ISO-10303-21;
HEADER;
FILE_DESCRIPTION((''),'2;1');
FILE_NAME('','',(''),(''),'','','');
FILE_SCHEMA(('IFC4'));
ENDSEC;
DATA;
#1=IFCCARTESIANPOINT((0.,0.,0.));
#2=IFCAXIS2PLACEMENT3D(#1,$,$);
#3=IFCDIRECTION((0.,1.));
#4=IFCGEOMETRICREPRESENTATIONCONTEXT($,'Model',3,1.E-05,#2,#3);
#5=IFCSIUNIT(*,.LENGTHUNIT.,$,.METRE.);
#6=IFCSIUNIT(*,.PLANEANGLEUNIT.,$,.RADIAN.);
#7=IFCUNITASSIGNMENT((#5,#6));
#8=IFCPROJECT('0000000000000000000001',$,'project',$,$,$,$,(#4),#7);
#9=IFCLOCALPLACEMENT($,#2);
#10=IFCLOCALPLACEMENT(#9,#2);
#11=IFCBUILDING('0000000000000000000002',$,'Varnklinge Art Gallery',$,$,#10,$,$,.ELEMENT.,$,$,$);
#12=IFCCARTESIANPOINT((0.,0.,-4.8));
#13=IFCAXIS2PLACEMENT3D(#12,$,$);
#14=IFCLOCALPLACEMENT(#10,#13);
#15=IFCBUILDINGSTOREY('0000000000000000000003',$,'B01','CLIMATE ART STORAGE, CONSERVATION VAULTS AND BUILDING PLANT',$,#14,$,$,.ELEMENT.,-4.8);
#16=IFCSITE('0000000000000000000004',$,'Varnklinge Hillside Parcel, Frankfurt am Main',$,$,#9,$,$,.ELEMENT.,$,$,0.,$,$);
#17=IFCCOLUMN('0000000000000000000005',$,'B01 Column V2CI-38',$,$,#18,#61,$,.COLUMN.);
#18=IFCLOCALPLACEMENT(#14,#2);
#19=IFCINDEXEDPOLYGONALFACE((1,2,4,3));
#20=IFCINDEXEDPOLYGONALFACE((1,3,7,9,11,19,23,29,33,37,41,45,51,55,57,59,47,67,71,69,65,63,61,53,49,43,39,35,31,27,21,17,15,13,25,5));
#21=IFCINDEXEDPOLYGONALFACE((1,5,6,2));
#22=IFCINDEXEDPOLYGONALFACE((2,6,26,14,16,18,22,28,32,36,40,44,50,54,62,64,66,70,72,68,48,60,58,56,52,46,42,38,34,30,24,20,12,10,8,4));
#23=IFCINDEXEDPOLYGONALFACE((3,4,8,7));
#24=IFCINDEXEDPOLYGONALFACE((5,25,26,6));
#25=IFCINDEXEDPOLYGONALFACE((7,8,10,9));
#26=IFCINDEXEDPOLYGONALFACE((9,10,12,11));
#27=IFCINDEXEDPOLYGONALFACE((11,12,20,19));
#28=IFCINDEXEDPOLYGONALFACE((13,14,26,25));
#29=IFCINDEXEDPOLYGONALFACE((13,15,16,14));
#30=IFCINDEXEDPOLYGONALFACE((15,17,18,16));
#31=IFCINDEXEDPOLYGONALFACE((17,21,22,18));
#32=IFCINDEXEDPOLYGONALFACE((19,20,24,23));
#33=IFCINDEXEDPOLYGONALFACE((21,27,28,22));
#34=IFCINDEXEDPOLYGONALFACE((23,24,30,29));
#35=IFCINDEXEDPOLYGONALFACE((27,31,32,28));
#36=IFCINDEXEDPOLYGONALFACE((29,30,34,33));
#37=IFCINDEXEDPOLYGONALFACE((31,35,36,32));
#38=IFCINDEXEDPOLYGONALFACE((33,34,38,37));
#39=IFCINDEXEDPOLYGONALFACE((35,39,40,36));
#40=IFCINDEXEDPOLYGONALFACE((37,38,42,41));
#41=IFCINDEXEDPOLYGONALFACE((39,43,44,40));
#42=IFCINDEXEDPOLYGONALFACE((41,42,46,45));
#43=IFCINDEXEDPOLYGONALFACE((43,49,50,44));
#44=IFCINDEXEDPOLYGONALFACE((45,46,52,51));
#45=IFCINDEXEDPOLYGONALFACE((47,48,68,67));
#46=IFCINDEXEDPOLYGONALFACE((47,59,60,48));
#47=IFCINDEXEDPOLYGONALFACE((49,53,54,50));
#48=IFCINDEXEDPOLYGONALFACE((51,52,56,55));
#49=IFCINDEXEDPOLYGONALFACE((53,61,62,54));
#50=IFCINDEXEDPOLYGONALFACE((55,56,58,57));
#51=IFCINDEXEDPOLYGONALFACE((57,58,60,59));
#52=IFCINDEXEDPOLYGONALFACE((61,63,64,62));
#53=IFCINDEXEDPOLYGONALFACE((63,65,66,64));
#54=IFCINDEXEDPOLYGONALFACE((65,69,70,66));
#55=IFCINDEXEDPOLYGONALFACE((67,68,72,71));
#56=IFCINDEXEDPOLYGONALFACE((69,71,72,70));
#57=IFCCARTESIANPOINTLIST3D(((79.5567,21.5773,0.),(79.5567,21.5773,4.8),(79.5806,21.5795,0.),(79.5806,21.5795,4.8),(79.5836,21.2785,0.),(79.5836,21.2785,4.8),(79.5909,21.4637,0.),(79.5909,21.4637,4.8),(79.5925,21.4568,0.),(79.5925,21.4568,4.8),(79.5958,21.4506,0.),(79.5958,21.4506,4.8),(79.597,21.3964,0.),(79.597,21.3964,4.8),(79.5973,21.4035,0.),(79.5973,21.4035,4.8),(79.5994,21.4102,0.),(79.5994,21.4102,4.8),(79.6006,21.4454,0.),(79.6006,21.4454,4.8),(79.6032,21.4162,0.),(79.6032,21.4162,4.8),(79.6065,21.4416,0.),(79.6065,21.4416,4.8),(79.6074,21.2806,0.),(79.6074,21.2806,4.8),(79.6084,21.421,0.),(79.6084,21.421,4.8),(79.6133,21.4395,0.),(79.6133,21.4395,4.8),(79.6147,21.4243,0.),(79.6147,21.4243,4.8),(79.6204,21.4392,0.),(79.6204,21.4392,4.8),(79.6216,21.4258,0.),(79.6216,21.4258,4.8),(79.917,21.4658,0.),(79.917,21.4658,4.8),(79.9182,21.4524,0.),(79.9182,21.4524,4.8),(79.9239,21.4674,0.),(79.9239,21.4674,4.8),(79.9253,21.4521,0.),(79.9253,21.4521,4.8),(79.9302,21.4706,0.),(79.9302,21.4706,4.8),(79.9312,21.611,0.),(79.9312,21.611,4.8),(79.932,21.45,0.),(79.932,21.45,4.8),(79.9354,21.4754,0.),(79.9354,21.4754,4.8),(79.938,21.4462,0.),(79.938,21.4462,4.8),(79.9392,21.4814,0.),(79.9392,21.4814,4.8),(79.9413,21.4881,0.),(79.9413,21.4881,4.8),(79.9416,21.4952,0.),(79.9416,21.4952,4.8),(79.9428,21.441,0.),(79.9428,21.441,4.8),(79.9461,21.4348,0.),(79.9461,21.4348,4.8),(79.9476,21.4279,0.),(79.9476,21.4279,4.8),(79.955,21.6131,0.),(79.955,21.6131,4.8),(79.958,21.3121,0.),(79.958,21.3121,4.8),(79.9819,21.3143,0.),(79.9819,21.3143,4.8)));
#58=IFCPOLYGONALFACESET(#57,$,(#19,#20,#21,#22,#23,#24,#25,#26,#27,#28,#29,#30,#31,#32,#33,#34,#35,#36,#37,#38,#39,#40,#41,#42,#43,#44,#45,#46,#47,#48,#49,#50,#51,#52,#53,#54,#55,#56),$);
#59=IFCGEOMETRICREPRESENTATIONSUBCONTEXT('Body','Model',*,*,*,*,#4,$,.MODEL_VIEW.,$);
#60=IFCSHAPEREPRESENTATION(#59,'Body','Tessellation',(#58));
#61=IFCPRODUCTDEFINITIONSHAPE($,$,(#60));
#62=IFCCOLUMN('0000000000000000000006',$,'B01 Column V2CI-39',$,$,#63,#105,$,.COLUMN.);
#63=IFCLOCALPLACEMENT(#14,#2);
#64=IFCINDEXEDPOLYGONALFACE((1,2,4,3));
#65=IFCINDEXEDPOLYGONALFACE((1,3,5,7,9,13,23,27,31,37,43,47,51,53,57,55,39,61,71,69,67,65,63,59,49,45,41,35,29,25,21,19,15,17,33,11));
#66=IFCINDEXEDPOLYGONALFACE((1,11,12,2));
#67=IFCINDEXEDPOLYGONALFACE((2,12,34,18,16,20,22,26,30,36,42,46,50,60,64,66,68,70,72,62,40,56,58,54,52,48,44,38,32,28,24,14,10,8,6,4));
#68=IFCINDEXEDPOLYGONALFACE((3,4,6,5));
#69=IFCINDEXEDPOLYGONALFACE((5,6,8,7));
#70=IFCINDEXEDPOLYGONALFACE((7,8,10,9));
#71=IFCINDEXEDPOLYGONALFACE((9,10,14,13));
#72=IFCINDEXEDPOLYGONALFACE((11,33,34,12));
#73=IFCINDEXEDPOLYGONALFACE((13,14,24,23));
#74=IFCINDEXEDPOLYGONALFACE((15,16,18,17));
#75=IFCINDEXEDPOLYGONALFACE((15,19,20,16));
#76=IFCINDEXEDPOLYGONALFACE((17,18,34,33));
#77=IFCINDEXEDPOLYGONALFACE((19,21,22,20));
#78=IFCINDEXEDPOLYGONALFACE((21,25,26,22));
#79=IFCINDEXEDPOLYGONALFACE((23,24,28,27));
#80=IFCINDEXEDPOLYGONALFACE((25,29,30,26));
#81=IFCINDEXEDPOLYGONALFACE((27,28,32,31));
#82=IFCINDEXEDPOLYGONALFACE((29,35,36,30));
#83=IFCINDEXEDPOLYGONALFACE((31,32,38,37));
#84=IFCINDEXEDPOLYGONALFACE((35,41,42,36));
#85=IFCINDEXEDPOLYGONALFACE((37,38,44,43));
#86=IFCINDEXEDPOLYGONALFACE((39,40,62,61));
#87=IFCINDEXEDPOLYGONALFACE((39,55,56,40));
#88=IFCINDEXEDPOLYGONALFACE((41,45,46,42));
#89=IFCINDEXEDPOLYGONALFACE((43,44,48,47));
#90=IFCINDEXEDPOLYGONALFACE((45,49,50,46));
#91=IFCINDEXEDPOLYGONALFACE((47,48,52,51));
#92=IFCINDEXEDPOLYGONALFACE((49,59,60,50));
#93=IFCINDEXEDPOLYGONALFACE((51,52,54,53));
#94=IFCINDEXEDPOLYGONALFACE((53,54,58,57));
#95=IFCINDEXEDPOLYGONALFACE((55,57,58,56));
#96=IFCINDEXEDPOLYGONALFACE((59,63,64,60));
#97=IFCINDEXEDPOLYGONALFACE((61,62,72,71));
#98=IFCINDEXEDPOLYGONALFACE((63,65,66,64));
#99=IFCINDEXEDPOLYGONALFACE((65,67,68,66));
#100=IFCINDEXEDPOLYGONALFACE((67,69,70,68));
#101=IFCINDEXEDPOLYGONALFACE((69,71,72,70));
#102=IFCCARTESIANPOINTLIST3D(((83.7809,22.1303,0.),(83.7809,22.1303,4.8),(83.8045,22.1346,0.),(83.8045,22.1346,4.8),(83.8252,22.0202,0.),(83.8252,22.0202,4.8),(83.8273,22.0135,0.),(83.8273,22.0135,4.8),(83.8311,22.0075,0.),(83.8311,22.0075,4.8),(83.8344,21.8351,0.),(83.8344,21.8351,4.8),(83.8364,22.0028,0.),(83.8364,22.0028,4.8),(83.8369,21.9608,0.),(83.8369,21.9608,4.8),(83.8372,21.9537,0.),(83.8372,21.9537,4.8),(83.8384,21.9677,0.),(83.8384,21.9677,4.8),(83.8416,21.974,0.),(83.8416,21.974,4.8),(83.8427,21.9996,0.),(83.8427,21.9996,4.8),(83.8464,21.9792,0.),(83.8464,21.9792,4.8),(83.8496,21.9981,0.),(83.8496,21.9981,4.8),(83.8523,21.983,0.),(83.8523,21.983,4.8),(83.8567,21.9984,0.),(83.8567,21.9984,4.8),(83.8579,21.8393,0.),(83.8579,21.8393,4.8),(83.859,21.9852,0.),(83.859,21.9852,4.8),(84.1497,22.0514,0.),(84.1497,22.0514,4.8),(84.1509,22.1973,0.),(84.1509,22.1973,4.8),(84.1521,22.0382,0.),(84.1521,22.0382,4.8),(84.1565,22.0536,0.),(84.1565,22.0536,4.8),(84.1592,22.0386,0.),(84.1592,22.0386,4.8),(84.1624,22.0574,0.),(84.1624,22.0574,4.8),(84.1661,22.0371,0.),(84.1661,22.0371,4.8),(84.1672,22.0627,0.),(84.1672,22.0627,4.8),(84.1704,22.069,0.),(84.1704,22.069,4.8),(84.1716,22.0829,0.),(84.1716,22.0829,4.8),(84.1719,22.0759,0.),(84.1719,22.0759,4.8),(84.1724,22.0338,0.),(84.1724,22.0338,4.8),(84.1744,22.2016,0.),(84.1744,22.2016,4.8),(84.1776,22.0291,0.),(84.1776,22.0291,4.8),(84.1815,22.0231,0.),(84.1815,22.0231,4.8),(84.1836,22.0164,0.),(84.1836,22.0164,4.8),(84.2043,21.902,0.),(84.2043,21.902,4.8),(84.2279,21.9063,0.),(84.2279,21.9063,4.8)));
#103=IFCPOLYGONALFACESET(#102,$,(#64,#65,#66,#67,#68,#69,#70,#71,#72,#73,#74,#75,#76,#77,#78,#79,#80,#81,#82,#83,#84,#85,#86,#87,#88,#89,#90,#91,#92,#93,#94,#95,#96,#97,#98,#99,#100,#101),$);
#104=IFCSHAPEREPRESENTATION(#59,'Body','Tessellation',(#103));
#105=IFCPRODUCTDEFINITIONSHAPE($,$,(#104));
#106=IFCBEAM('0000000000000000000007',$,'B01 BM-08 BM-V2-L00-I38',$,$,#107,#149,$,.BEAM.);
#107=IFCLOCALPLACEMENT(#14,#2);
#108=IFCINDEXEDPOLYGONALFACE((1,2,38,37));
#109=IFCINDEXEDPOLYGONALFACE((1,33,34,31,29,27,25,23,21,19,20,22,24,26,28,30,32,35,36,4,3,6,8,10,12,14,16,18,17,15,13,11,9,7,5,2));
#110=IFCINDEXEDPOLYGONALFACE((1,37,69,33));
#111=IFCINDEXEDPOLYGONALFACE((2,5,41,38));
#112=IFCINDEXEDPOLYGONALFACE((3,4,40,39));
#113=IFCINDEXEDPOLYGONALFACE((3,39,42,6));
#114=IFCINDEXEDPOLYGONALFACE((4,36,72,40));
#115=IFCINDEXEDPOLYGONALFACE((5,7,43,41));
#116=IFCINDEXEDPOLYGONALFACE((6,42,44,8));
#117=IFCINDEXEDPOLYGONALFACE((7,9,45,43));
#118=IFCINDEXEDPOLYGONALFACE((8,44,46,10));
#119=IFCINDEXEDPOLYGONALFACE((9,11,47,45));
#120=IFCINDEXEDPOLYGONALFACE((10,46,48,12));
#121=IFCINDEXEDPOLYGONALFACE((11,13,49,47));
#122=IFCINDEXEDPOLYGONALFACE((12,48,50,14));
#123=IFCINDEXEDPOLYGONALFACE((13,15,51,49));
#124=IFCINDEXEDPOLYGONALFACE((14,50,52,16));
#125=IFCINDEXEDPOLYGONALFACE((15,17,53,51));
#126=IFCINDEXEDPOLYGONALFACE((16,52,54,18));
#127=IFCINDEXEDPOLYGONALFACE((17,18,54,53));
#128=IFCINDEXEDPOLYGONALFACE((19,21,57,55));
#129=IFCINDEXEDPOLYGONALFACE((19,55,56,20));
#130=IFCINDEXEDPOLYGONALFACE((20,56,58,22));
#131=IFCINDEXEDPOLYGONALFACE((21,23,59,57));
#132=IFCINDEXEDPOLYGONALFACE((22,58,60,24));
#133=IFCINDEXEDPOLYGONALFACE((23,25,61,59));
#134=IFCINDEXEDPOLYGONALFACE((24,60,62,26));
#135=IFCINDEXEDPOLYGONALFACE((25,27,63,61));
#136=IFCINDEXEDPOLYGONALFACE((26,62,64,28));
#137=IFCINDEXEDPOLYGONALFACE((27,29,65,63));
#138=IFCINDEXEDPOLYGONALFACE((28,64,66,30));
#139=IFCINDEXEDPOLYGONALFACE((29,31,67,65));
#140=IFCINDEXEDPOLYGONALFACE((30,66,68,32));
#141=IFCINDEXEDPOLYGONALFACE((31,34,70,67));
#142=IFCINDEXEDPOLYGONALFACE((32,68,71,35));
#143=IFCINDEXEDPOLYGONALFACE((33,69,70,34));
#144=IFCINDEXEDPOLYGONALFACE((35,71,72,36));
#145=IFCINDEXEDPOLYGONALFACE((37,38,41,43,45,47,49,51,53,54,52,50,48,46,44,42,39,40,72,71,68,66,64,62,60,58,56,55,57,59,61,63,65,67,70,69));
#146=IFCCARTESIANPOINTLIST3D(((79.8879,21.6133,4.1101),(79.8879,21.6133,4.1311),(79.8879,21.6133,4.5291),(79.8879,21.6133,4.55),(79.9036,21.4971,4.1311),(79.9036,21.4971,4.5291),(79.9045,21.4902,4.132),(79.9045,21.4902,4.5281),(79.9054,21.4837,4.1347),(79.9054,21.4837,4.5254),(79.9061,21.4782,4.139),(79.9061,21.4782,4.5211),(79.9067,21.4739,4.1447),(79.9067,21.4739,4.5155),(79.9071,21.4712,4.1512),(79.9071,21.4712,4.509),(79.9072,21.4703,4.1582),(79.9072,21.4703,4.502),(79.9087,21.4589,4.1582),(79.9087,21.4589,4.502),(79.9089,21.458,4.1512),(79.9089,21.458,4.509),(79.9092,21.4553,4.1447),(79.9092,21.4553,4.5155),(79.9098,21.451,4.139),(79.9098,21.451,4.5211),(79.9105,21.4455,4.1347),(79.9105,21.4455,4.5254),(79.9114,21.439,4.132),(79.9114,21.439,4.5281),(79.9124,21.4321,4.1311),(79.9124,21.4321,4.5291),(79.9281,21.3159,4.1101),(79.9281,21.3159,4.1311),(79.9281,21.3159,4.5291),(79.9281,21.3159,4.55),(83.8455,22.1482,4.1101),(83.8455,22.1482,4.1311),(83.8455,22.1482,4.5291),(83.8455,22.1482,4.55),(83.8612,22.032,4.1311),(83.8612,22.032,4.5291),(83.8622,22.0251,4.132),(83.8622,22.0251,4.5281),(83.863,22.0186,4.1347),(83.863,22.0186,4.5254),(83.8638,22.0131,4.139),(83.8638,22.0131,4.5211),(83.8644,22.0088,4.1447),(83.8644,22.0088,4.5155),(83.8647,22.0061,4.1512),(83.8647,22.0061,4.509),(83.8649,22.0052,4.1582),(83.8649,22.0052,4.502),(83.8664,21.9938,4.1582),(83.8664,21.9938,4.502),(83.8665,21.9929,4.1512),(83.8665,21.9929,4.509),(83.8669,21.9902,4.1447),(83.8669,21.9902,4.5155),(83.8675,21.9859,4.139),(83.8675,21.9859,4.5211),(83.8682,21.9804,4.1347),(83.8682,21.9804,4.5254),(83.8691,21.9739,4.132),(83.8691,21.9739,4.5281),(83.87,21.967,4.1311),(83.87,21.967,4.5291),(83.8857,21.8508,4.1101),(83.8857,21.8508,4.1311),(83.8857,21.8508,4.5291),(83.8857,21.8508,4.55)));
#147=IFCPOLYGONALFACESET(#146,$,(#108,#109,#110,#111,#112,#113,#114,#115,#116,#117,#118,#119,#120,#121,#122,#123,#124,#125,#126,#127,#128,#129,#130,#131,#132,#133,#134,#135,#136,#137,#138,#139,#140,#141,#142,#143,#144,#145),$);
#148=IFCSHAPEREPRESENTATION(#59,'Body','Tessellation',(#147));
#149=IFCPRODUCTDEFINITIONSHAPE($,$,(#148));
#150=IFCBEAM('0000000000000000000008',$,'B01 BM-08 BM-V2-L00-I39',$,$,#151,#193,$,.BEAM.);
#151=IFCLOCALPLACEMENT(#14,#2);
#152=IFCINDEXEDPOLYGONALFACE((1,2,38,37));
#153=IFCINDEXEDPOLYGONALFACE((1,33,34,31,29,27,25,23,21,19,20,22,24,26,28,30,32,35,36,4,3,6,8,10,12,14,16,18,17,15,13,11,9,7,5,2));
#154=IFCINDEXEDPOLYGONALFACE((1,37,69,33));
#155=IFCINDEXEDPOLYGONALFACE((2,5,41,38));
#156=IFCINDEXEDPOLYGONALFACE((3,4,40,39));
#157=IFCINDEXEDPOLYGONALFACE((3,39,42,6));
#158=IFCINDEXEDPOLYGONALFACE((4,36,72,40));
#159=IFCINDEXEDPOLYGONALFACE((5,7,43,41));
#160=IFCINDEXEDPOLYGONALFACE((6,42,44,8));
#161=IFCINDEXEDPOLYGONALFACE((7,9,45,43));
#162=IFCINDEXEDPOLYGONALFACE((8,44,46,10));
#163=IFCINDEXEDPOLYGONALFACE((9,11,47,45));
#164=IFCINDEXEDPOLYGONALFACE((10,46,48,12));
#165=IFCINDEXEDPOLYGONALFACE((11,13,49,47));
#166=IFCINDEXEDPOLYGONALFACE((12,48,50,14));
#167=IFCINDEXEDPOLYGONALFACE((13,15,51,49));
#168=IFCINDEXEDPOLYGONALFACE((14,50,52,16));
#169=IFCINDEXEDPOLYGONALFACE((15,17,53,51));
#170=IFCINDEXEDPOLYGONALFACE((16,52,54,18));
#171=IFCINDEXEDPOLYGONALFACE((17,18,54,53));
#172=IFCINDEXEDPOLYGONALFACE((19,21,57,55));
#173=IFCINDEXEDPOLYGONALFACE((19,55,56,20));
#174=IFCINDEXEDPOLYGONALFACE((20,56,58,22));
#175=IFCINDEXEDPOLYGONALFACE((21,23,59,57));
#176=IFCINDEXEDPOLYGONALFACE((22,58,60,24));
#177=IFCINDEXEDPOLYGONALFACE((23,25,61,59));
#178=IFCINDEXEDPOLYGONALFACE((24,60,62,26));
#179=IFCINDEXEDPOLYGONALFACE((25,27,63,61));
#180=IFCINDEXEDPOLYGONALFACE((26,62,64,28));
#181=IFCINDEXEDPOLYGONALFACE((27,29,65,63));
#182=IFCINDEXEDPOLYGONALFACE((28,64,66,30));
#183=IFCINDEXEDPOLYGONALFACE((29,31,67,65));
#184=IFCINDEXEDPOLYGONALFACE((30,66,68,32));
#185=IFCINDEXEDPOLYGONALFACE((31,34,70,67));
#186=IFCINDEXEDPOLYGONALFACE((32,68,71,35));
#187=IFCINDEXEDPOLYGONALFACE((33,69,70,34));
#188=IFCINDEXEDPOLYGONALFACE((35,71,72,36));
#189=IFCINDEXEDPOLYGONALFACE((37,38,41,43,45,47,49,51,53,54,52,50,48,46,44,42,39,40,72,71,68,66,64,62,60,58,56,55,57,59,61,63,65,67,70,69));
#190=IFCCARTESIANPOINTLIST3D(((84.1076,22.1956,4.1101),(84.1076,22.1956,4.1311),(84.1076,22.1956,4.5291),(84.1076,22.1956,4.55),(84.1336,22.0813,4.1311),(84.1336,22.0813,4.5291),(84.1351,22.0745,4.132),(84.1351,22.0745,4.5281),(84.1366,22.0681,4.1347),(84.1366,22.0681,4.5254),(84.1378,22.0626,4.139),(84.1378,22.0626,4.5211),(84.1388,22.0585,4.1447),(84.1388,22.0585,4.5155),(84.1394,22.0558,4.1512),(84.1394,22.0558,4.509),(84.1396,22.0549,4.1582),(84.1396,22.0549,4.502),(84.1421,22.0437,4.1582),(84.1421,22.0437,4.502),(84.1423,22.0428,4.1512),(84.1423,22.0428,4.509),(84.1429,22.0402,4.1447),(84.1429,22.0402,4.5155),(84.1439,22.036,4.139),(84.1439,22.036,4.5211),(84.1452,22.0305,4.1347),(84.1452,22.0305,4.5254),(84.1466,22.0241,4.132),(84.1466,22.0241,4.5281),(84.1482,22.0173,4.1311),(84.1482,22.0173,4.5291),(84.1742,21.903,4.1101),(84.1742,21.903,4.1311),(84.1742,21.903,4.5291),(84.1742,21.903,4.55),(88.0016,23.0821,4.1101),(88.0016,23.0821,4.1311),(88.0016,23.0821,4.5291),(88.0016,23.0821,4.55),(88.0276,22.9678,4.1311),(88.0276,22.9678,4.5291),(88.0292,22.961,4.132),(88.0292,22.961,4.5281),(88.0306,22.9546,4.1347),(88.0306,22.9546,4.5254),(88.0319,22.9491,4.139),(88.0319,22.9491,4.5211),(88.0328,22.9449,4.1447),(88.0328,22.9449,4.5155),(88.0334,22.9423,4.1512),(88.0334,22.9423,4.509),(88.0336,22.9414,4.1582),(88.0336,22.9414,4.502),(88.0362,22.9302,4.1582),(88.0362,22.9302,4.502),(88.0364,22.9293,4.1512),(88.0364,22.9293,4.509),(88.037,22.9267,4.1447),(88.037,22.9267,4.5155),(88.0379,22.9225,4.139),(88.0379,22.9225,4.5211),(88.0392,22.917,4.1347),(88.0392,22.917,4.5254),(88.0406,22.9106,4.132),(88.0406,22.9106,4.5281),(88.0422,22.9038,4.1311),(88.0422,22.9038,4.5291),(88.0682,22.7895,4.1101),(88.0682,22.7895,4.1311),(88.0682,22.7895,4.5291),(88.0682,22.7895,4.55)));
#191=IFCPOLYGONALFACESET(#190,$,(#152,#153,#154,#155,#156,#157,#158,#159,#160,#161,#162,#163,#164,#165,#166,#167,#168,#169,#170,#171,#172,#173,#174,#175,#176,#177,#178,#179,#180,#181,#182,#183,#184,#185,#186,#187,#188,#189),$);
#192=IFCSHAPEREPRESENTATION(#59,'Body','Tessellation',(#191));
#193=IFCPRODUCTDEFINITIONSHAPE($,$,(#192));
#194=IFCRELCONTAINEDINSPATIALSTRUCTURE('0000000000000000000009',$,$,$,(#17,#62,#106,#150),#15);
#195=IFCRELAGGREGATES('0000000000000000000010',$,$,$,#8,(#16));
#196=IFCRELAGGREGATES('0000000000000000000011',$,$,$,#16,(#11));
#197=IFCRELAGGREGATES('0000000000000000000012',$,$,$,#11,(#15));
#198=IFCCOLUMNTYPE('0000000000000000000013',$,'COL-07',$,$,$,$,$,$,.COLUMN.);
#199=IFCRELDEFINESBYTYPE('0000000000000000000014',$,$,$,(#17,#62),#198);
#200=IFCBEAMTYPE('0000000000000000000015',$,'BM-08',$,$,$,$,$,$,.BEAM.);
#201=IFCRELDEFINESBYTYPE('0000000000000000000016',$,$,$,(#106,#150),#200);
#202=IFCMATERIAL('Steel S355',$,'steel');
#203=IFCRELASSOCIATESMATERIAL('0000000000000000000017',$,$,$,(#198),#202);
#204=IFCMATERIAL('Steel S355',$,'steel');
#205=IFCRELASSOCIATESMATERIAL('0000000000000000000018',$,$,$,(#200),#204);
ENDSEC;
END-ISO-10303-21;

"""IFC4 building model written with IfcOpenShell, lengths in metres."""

from ifc_helpers import new_model, si_unit, direction, frame, origin, origin_2d, place, context, subcontext, project, spatial, i_section, extrude, material, material_profile, profile_set, type_object, element, save


model = new_model("IFC4")

# Units and contexts
model_context = context("Model", 3, precision=1e-05, world=origin(), true_north=direction((0.0, 1.0)))
body_context = subcontext(model_context, "Body", "Model", "MODEL_VIEW")
ifc_project = project(units=[si_unit("LENGTHUNIT", "METRE"), si_unit("PLANEANGLEUNIT", "RADIAN")], contexts=[model_context])

# Site, building, storey
site_placement = place(None, origin())
site = spatial("IfcSite", under=ifc_project, at=site_placement, Name="Varnklinge Hillside Parcel, Frankfurt am Main", CompositionType="ELEMENT", RefElevation=0.0)
building_placement = place(site_placement, origin())
building = spatial("IfcBuilding", under=site, at=building_placement, Name="Varnklinge Art Gallery", CompositionType="ELEMENT")
storey_placement = place(building_placement, frame((0.0, 0.0, -4.8)))
storey = spatial("IfcBuildingStorey", under=building, at=storey_placement, Name="B01", Description="CLIMATE ART STORAGE, CONSERVATION VAULTS AND BUILDING PLANT", CompositionType="ELEMENT", Elevation=-4.8)

# Columns
ifc_material_1 = material(Name="Steel S355", Category="steel")
ifc_material_profile_1 = material_profile(ifc_material_1, i_section(OverallWidth=0.3, OverallDepth=0.3999, WebThickness=0.0134, FlangeThickness=0.0239, FilletRadius=0.0271, at=origin_2d()), Name="HEB 400")
ifc_profile_set_1 = profile_set([ifc_material_profile_1], Name="Steel S355")
column_type_1 = type_object("IfcColumnType", Name="COL-07", PredefinedType="COLUMN", material=ifc_profile_set_1)
for number, where, z_axis, x_axis, name in (
    (1, (79.7693, 21.4458, 0.0), (0.0, 0.0, 1.0), (-0.089416, 0.995994, 0.0), "B01 Column V2CI-38"),
    (2, (84.0044, 22.0183, 0.0), (0.0, 0.0, 1.0), (-0.178115, 0.98401, 0.0), "B01 Column V2CI-39"),
):
    element("IfcColumn", number, at=place(storey_placement, frame(where, z_axis=z_axis, x_axis=x_axis)), inside=storey, type_object=column_type_1, Name=name, PredefinedType="COLUMN", context=body_context, shape_type="SweptSolid", body=[
        extrude(i_section(OverallWidth=0.3, OverallDepth=0.3999, WebThickness=0.0134, FlangeThickness=0.0239, FilletRadius=0.0271, at=origin_2d()), origin(), (0.0, 0.0, 1.0), 4.8),
    ])

# Beams
ifc_material_2 = material(Name="Steel S355", Category="steel")
ifc_material_profile_2 = material_profile(ifc_material_2, i_section(OverallWidth=0.3, OverallDepth=0.4399, WebThickness=0.0115, FlangeThickness=0.021, FilletRadius=0.0271, at=origin_2d()), Name="HEA 450")
ifc_profile_set_2 = profile_set([ifc_material_profile_2], Name="Steel S355")
beam_type_1 = type_object("IfcBeamType", Name="BM-08", PredefinedType="BEAM", material=ifc_profile_set_2)
for number, where, z_axis, x_axis, name in (
    (3, (79.908, 21.4646, 4.3301), (0.99099, 0.133937, 0.0), (-0.133937, 0.99099, 0.0), "B01 BM-08 BM-V2-L00-I38"),
    (4, (84.1409, 22.0493, 4.3301), (0.975054, 0.22197, 0.0), (-0.22197, 0.975054, 0.0), "B01 BM-08 BM-V2-L00-I39"),
):
    element("IfcBeam", number, at=place(storey_placement, frame(where, z_axis=z_axis, x_axis=x_axis)), inside=storey, type_object=beam_type_1, Name=name, PredefinedType="BEAM", context=body_context, shape_type="SweptSolid", body=[
        extrude(i_section(OverallWidth=0.3, OverallDepth=0.4399, WebThickness=0.0115, FlangeThickness=0.021, FilletRadius=0.0271, at=origin_2d()), origin(), (0.0, 0.0, 1.0), 3.9937),
    ])

save(model, "model.ifc")
